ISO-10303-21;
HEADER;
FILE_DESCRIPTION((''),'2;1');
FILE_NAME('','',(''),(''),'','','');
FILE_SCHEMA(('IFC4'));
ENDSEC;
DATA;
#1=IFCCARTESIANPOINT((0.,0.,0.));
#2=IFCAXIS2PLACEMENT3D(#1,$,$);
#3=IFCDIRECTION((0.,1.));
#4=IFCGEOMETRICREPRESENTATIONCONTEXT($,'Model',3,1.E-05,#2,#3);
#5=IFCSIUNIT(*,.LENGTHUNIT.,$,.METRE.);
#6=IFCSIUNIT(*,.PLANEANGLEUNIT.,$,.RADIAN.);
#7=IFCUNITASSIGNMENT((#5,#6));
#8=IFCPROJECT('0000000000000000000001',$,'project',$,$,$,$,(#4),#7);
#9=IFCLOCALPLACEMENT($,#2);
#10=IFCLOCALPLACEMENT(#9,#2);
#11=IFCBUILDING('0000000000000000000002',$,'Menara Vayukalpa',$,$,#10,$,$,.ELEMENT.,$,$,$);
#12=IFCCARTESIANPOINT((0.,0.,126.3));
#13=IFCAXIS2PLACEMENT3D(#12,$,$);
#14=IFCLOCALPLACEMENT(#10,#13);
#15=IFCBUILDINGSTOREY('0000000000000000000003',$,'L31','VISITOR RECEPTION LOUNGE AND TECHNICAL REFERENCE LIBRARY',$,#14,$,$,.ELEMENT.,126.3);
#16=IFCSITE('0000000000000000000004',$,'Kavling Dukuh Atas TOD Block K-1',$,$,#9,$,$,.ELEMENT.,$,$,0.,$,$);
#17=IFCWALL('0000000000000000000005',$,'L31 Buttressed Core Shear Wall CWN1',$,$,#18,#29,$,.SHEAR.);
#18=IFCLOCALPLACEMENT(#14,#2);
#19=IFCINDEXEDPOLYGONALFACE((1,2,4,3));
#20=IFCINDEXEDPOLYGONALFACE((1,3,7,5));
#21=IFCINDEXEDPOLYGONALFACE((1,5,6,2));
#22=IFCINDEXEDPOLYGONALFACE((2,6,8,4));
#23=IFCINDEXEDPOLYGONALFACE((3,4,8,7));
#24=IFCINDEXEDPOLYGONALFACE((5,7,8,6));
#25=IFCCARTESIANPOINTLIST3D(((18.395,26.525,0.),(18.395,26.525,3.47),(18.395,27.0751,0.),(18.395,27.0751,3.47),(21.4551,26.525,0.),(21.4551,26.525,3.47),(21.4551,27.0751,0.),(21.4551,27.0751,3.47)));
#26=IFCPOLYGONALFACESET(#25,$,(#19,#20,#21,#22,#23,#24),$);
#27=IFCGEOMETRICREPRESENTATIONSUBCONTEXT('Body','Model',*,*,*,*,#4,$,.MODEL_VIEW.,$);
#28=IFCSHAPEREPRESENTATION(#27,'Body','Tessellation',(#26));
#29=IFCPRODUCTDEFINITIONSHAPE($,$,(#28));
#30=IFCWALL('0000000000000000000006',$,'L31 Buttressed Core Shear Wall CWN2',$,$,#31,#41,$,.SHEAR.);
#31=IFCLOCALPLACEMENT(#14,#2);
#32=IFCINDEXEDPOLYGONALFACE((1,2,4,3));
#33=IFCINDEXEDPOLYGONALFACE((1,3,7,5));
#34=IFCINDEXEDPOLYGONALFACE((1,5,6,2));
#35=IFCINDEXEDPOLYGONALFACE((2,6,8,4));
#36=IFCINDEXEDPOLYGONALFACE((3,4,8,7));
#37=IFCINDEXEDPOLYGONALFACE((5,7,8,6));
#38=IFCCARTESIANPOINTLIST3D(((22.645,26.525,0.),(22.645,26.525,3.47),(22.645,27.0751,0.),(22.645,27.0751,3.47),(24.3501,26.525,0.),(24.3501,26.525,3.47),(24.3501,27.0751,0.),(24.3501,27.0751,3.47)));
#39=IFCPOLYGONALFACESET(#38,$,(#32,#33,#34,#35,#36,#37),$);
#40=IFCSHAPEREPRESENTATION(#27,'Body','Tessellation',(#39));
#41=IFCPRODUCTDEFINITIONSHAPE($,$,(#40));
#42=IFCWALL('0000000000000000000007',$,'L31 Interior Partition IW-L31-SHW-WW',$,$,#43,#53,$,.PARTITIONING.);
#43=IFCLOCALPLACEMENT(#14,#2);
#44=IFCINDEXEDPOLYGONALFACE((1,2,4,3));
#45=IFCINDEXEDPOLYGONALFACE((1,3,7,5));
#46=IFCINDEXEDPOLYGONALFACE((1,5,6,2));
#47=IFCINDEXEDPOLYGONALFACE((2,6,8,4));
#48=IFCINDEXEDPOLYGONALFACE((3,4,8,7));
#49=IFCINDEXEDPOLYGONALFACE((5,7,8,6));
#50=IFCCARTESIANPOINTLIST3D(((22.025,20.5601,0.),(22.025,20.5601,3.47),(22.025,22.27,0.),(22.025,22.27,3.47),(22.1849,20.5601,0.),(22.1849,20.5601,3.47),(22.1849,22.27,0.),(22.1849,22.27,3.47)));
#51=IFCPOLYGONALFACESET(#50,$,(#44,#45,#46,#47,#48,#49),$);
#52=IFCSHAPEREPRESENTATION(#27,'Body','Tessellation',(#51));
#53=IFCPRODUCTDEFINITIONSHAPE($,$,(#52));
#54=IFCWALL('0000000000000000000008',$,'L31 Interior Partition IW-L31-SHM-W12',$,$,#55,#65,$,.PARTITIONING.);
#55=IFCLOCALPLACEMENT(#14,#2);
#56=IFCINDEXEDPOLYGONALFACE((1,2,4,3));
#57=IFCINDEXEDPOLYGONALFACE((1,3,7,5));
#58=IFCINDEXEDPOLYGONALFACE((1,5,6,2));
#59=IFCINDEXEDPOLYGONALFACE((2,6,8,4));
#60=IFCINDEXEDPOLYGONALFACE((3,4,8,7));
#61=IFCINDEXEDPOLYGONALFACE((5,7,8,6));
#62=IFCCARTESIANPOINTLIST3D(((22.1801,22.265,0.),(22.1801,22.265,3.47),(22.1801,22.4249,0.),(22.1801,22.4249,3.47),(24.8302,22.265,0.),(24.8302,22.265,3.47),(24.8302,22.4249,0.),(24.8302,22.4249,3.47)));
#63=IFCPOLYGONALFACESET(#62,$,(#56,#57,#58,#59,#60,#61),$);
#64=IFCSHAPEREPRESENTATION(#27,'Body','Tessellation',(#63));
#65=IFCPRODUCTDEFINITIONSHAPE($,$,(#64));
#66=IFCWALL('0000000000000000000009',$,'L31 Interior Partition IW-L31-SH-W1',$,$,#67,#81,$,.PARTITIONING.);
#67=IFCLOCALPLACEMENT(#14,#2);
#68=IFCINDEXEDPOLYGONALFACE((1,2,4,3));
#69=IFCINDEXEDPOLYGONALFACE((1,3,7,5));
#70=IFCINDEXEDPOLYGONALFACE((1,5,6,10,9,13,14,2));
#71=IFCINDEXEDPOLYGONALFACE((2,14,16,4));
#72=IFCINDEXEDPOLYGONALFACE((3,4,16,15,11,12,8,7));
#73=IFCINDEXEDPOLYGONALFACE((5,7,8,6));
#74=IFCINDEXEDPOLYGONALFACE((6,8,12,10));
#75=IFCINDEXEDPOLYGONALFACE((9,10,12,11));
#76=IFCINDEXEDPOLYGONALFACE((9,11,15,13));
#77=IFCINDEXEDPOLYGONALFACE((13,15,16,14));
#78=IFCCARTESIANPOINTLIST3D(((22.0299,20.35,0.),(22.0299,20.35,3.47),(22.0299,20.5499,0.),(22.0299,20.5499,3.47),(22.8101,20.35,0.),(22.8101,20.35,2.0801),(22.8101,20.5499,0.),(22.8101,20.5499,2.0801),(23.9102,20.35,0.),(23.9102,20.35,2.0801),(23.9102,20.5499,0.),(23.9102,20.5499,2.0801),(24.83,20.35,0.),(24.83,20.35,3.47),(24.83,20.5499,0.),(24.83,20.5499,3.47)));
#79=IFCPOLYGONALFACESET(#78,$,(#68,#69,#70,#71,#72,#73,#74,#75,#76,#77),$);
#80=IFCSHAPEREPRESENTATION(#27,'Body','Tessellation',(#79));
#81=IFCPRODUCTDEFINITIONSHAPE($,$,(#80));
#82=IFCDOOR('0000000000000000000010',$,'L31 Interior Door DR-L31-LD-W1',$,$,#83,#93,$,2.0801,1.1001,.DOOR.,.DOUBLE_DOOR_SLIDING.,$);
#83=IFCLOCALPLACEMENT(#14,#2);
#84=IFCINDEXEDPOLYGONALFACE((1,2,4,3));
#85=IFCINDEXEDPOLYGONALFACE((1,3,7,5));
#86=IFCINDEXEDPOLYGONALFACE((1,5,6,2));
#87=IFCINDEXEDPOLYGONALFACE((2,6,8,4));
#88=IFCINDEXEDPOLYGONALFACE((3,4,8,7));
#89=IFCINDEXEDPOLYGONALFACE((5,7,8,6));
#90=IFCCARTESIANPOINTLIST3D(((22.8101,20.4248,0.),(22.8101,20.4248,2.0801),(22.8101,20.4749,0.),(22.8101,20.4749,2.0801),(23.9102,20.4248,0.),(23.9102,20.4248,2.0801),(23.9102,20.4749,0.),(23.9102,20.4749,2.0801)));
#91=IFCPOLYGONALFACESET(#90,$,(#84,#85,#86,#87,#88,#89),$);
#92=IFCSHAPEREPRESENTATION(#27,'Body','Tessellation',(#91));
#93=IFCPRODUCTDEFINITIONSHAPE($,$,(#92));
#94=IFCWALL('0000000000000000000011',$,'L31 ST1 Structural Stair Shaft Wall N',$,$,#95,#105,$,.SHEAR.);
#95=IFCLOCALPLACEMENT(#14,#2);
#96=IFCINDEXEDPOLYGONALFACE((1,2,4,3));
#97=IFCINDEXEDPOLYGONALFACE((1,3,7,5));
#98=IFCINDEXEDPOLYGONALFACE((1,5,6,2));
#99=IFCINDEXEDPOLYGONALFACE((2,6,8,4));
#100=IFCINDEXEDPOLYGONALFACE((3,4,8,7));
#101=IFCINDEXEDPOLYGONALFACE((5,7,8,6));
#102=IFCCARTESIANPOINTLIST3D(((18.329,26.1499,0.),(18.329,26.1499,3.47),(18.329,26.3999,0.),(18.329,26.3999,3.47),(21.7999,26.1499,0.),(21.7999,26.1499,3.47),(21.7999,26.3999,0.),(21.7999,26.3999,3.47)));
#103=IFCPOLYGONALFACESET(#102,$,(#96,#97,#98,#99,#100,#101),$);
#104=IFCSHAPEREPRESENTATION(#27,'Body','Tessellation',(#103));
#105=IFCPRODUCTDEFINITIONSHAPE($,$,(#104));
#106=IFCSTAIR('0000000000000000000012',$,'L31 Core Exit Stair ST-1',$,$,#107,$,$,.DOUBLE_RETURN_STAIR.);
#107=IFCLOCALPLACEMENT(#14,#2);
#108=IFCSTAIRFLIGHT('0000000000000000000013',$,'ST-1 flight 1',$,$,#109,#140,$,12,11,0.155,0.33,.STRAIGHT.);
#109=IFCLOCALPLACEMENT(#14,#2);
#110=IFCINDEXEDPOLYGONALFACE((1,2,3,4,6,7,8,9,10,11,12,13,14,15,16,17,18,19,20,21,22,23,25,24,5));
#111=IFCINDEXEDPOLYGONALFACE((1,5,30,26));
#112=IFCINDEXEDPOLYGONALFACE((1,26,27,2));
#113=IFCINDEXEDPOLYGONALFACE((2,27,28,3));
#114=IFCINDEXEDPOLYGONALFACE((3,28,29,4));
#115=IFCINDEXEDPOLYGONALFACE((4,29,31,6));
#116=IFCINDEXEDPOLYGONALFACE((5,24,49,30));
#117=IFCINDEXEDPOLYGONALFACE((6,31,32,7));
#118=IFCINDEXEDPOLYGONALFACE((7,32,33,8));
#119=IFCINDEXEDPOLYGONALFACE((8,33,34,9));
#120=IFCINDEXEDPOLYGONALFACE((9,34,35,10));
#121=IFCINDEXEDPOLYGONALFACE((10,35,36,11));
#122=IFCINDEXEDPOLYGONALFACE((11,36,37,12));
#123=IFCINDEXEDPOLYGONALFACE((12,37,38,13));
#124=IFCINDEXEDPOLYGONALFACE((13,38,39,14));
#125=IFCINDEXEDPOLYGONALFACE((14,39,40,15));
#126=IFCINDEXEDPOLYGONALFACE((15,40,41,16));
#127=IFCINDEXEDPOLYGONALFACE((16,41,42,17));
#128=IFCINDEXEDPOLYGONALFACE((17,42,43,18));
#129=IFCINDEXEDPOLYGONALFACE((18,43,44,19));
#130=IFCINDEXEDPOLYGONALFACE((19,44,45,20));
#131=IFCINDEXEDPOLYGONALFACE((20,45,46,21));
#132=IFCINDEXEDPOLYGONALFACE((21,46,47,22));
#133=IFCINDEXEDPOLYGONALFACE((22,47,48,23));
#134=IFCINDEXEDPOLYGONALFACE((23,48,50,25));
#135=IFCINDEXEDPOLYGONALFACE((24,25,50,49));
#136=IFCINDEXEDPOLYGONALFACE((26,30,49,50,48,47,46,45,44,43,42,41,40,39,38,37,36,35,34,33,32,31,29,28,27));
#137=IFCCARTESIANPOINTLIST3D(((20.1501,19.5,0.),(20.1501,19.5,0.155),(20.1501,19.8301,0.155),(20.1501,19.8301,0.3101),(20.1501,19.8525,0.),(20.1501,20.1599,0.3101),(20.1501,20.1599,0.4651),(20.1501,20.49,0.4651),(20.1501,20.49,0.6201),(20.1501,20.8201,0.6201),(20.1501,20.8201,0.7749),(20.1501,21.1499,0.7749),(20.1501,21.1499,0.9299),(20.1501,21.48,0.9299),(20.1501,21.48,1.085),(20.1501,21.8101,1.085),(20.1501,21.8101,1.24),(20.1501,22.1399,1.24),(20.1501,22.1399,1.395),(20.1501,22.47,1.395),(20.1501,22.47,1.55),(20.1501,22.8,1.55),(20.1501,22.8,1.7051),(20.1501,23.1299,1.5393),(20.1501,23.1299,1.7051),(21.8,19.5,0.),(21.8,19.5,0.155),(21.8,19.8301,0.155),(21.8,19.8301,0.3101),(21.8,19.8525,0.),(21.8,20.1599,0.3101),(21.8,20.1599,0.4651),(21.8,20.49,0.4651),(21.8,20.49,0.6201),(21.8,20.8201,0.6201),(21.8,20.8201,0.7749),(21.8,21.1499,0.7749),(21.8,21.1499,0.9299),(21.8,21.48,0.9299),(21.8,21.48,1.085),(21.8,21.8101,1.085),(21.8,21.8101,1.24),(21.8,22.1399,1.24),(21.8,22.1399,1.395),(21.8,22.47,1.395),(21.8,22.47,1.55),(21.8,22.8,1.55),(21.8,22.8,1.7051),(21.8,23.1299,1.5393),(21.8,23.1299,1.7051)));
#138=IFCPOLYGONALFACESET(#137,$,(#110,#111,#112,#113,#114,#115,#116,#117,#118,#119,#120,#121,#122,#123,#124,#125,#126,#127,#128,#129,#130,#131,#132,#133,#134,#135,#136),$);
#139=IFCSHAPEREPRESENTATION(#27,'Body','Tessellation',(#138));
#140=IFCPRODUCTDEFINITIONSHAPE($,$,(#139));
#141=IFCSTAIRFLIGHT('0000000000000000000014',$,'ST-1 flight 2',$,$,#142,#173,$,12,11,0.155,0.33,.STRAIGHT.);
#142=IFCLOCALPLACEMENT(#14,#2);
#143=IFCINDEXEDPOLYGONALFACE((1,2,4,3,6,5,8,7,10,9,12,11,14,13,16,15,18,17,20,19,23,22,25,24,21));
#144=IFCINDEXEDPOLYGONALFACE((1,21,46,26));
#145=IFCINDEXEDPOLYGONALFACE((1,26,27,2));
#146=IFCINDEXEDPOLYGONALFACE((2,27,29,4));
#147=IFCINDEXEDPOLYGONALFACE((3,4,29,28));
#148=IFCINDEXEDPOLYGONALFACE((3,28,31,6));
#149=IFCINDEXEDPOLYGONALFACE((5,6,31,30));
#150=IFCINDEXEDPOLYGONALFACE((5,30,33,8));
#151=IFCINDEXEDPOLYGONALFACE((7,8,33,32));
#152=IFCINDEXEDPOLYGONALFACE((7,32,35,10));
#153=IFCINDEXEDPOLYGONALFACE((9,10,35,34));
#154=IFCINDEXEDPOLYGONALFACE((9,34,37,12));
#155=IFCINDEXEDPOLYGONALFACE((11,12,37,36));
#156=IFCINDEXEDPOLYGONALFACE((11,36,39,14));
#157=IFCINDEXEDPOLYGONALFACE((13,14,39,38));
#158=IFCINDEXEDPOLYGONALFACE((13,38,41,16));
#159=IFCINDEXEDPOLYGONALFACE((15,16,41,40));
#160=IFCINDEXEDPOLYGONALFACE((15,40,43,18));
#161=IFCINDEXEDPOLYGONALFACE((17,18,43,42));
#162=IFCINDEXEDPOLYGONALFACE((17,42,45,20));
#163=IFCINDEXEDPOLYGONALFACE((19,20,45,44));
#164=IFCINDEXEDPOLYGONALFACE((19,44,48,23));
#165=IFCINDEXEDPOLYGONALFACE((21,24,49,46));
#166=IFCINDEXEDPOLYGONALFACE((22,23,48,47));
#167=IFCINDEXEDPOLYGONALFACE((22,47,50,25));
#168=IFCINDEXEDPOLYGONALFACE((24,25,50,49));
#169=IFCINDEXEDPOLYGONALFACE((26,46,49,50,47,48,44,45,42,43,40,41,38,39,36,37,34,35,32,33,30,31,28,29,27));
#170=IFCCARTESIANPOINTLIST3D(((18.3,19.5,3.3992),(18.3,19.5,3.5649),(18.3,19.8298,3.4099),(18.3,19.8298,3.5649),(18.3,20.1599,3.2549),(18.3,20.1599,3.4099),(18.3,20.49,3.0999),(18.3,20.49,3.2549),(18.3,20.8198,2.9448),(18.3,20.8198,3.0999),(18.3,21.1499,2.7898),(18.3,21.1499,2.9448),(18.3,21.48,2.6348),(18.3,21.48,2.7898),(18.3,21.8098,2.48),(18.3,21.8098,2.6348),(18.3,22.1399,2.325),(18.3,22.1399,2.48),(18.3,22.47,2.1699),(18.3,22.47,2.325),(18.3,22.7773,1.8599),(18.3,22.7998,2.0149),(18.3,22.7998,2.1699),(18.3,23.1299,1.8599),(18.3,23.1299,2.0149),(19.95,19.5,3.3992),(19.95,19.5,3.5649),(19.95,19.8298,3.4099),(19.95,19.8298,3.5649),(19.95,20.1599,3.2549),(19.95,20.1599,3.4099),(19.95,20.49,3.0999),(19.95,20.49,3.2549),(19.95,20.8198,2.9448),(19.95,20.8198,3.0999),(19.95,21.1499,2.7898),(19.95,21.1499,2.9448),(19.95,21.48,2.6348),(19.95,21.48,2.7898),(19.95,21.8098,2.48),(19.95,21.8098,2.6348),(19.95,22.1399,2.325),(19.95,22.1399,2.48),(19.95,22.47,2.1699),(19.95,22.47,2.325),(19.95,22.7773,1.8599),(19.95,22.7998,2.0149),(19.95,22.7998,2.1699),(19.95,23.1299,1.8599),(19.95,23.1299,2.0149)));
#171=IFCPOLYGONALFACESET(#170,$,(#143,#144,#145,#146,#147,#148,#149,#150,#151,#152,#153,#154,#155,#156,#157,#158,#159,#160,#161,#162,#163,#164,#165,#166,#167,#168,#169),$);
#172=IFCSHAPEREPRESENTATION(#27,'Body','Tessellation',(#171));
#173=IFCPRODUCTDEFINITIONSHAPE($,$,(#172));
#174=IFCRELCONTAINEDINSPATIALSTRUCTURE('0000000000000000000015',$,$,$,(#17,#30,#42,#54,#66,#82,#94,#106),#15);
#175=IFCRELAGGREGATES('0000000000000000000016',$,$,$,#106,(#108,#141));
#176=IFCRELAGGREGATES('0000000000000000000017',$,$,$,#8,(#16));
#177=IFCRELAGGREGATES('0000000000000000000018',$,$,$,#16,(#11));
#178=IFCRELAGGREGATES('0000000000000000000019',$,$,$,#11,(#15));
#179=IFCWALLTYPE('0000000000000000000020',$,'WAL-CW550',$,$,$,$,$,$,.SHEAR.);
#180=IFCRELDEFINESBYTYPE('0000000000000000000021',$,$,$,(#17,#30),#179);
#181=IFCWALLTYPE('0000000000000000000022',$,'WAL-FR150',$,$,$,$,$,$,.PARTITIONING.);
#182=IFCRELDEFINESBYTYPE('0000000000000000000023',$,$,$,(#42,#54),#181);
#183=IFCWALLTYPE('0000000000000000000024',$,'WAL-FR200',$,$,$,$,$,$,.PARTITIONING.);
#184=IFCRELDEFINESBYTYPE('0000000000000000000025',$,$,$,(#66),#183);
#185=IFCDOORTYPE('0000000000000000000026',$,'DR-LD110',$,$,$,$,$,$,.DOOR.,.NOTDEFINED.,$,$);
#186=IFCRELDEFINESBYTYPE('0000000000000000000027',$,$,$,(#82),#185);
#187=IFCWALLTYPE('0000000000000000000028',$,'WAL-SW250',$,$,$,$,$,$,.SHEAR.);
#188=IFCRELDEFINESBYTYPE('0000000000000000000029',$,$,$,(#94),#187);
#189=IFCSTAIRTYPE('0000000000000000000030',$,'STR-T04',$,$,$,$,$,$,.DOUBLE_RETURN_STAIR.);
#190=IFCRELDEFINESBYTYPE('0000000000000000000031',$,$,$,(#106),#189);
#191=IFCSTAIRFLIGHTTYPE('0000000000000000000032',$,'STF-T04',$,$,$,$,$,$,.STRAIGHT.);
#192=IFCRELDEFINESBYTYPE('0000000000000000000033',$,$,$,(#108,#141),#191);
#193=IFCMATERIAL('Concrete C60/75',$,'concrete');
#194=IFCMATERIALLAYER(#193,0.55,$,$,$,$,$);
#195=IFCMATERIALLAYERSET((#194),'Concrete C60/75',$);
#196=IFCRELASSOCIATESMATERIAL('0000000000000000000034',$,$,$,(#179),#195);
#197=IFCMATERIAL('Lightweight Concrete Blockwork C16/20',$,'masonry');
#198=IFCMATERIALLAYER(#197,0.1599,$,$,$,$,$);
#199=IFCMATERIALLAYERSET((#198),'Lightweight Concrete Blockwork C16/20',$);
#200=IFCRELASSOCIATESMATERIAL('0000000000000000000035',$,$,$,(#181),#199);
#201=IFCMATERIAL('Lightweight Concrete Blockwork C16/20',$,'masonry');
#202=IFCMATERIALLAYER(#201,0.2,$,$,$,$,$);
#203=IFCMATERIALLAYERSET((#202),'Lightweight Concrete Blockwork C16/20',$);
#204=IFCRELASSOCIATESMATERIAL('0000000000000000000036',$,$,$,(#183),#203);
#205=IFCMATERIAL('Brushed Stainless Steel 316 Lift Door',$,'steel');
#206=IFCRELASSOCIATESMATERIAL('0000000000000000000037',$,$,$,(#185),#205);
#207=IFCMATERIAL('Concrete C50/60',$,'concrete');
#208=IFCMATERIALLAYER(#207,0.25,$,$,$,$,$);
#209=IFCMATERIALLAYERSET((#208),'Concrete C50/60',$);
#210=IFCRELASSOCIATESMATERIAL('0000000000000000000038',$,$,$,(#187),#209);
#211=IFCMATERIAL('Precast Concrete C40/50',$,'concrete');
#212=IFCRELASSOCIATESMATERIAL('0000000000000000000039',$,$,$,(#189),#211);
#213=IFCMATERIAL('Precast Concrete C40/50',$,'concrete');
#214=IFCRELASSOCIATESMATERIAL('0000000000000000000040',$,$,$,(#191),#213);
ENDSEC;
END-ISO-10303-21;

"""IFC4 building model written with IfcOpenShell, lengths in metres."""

from ifc_helpers import new_model, si_unit, direction, frame, frame_2d, origin, place, context, subcontext, project, spatial, polyline, rectangle, outline, extrude, material, layer, layer_set, type_object, element, fill, aggregate, save


model = new_model("IFC4")

# Units and contexts
model_context = context("Model", 3, precision=1e-05, world=origin(), true_north=direction((0.0, 1.0)))
body_context = subcontext(model_context, "Body", "Model", "MODEL_VIEW")
ifc_project = project(units=[si_unit("LENGTHUNIT", "METRE"), si_unit("PLANEANGLEUNIT", "RADIAN")], contexts=[model_context])

# Site, building, storey
site_placement = place(None, origin())
site = spatial("IfcSite", under=ifc_project, at=site_placement, Name="Kavling Dukuh Atas TOD Block K-1", CompositionType="ELEMENT", RefElevation=0.0)
building_placement = place(site_placement, origin())
building = spatial("IfcBuilding", under=site, at=building_placement, Name="Menara Vayukalpa", CompositionType="ELEMENT")
storey_placement = place(building_placement, frame((0.0, 0.0, 126.3)))
storey = spatial("IfcBuildingStorey", under=building, at=storey_placement, Name="L31", Description="VISITOR RECEPTION LOUNGE AND TECHNICAL REFERENCE LIBRARY", CompositionType="ELEMENT", Elevation=126.3)

# Walls
ifc_material_1 = material(Name="Concrete C60/75", Category="concrete")
ifc_layer_1 = layer(ifc_material_1, 0.55)
ifc_layer_set_1 = layer_set([ifc_layer_1], Name="Concrete C60/75")
wall_type_1 = type_object("IfcWallType", Name="WAL-CW550", PredefinedType="SHEAR", material=ifc_layer_set_1)
wall_1_placement = place(storey_placement, frame((18.395, 26.8, 0.0), z_axis=(0.0, 0.0, 1.0), x_axis=(1.0, 0.0, 0.0)))
element("IfcWall", 1, at=wall_1_placement, inside=storey, type_object=wall_type_1, Name="L31 Buttressed Core Shear Wall CWN1", PredefinedType="SHEAR", context=body_context, shape_type="SweptSolid", body=[
    extrude(rectangle(XDim=3.0601, YDim=0.55, at=frame_2d((1.53, 0.0))), origin(), (0.0, 0.0, 1.0), 3.47),
])
wall_2_placement = place(storey_placement, frame((22.645, 26.8, 0.0), z_axis=(0.0, 0.0, 1.0), x_axis=(1.0, 0.0, 0.0)))
element("IfcWall", 2, at=wall_2_placement, inside=storey, type_object=wall_type_1, Name="L31 Buttressed Core Shear Wall CWN2", PredefinedType="SHEAR", context=body_context, shape_type="SweptSolid", body=[
    extrude(rectangle(XDim=1.7051, YDim=0.55, at=frame_2d((0.8525, 0.0))), origin(), (0.0, 0.0, 1.0), 3.47),
])
ifc_material_2 = material(Name="Lightweight Concrete Blockwork C16/20", Category="masonry")
ifc_layer_2 = layer(ifc_material_2, 0.1599)
ifc_layer_set_2 = layer_set([ifc_layer_2], Name="Lightweight Concrete Blockwork C16/20")
wall_type_2 = type_object("IfcWallType", Name="WAL-FR150", PredefinedType="PARTITIONING", material=ifc_layer_set_2)
wall_3_placement = place(storey_placement, frame((22.105, 20.5601, 0.0), z_axis=(0.0, 0.0, 1.0), x_axis=(0.0, 1.0, 0.0)))
element("IfcWall", 3, at=wall_3_placement, inside=storey, type_object=wall_type_2, Name="L31 Interior Partition IW-L31-SHW-WW", PredefinedType="PARTITIONING", context=body_context, shape_type="SweptSolid", body=[
    extrude(rectangle(XDim=1.71, YDim=0.1599, at=frame_2d((0.855, 0.0))), origin(), (0.0, 0.0, 1.0), 3.47),
])
wall_4_placement = place(storey_placement, frame((22.1799, 22.345, 0.0), z_axis=(0.0, 0.0, 1.0), x_axis=(1.0, 0.0, 0.0)))
element("IfcWall", 4, at=wall_4_placement, inside=storey, type_object=wall_type_2, Name="L31 Interior Partition IW-L31-SHM-W12", PredefinedType="PARTITIONING", context=body_context, shape_type="SweptSolid", body=[
    extrude(rectangle(XDim=2.6501, YDim=0.1599, at=frame_2d((1.3252, 0.0))), origin(), (0.0, 0.0, 1.0), 3.47),
])

# Wall, opening, door
ifc_material_3 = material(Name="Lightweight Concrete Blockwork C16/20", Category="masonry")
ifc_layer_3 = layer(ifc_material_3, 0.2)
ifc_layer_set_3 = layer_set([ifc_layer_3], Name="Lightweight Concrete Blockwork C16/20")
wall_type_3 = type_object("IfcWallType", Name="WAL-FR200", PredefinedType="PARTITIONING", material=ifc_layer_set_3)
wall_5_placement = place(storey_placement, frame((22.03, 20.45, 0.0), z_axis=(0.0, 0.0, 1.0), x_axis=(1.0, 0.0, 0.0)))
wall_5 = element("IfcWall", 5, at=wall_5_placement, inside=storey, type_object=wall_type_3, Name="L31 Interior Partition IW-L31-SH-W1", PredefinedType="PARTITIONING", context=body_context, shape_type="SweptSolid", body=[
    extrude(rectangle(XDim=2.8, YDim=0.2, at=frame_2d((1.3999, 0.0))), origin(), (0.0, 0.0, 1.0), 3.47),
])
opening_placement = place(wall_5_placement, frame((0.78, 0.0, 0.0)))
opening = element("IfcOpeningElement", 6, at=opening_placement, cuts=wall_5, PredefinedType="OPENING", context=body_context, shape_type="SweptSolid", body=[
    extrude(rectangle(XDim=1.1001, YDim=2.0801, at=frame_2d((0.55, 1.04))), frame((0.0, 0.1099, 0.0), z_axis=(0.0, -1.0, 0.0), x_axis=(1.0, 0.0, 0.0)), (0.0, 0.0, 1.0), 0.22),
])
ifc_material_4 = material(Name="Brushed Stainless Steel 316 Lift Door", Category="steel")
door_type = type_object("IfcDoorType", Name="DR-LD110", OperationType="NOTDEFINED", PredefinedType="DOOR", material=ifc_material_4)
door_placement = place(opening_placement, origin())
door = element("IfcDoor", 7, at=door_placement, inside=storey, type_object=door_type, Name="L31 Interior Door DR-L31-LD-W1", OperationType="DOUBLE_DOOR_SLIDING", OverallHeight=2.0801, OverallWidth=1.1001, PredefinedType="DOOR", context=body_context, shape_type="SweptSolid", body=[
    extrude(rectangle(XDim=1.1001, YDim=2.0801, at=frame_2d((0.55, 1.04))), frame((0.0, 0.0249, 0.0), z_axis=(0.0, -1.0, 0.0), x_axis=(1.0, 0.0, 0.0)), (0.0, 0.0, 1.0), 0.05),
])
fill(opening, door)

# Wall
ifc_material_5 = material(Name="Concrete C50/60", Category="concrete")
ifc_layer_4 = layer(ifc_material_5, 0.25)
ifc_layer_set_4 = layer_set([ifc_layer_4], Name="Concrete C50/60")
wall_type_4 = type_object("IfcWallType", Name="WAL-SW250", PredefinedType="SHEAR", material=ifc_layer_set_4)
wall_6_placement = place(storey_placement, frame((18.3291, 26.2749, 0.0), z_axis=(0.0, 0.0, 1.0), x_axis=(1.0, 0.0, 0.0)))
element("IfcWall", 8, at=wall_6_placement, inside=storey, type_object=wall_type_4, Name="L31 ST1 Structural Stair Shaft Wall N", PredefinedType="SHEAR", context=body_context, shape_type="SweptSolid", body=[
    extrude(rectangle(XDim=3.4709, YDim=0.25, at=frame_2d((1.7354, 0.0))), origin(), (0.0, 0.0, 1.0), 3.47),
])

# Stair, stair flights
ifc_material_6 = material(Name="Precast Concrete C40/50", Category="concrete")
stair_type = type_object("IfcStairType", Name="STR-T04", PredefinedType="DOUBLE_RETURN_STAIR", material=ifc_material_6)
stair_placement = place(storey_placement, origin())
stair = element("IfcStair", 9, at=stair_placement, inside=storey, type_object=stair_type, Name="L31 Core Exit Stair ST-1", PredefinedType="DOUBLE_RETURN_STAIR")
ifc_material_7 = material(Name="Precast Concrete C40/50", Category="concrete")
stair_flight_type = type_object("IfcStairFlightType", Name="STF-T04", PredefinedType="STRAIGHT", material=ifc_material_7)
stair_flight_1_placement = place(storey_placement, frame((20.9751, 19.5, 0.0), z_axis=(0.0, 0.0, 1.0), x_axis=(0.0, 1.0, 0.0)))
stair_flight_1 = element("IfcStairFlight", 10, at=stair_flight_1_placement, type_object=stair_flight_type, Name="ST-1 flight 1", NumberOfRisers=12, NumberOfTreads=11, PredefinedType="STRAIGHT", RiserHeight=0.155, TreadLength=0.33, context=body_context, shape_type="SweptSolid", body=[
    extrude(outline(polyline([(0.0, 0.0), (0.0, 0.155), (0.3301, 0.155), (0.3301, 0.3101), (0.6599, 0.3101), (0.6599, 0.4651), (0.99, 0.4651), (0.99, 0.6201), (1.3201, 0.6201), (1.3201, 0.7749), (1.6499, 0.7749), (1.6499, 0.9299), (1.98, 0.9299), (1.98, 1.085), (2.3101, 1.085), (2.3101, 1.24), (2.6399, 1.24), (2.6399, 1.395), (2.97, 1.395), (2.97, 1.55), (3.3, 1.55), (3.3, 1.7051), (3.6299, 1.7051), (3.6299, 1.8601), (3.6299, 1.5393), (0.3525, 0.0), (0.0, 0.0)])), frame((0.0, 0.825, 0.0), z_axis=(0.0, -1.0, 0.0), x_axis=(1.0, 0.0, 0.0)), (0.0, 0.0, 1.0), 1.6499),
])
stair_flight_2_placement = place(storey_placement, frame((19.125, 23.1299, 1.8599), z_axis=(0.0, 0.0, 1.0), x_axis=(0.0, -1.0, 0.0)))
stair_flight_2 = element("IfcStairFlight", 11, at=stair_flight_2_placement, type_object=stair_flight_type, Name="ST-1 flight 2", NumberOfRisers=12, NumberOfTreads=11, PredefinedType="STRAIGHT", RiserHeight=0.155, TreadLength=0.33, context=body_context, shape_type="SweptSolid", body=[
    extrude(outline(polyline([(0.0, 0.0), (0.0, 0.155), (0.3301, 0.155), (0.3301, 0.3101), (0.6599, 0.3101), (0.6599, 0.4651), (0.99, 0.4651), (0.99, 0.6201), (1.3201, 0.6201), (1.3201, 0.7749), (1.6499, 0.7749), (1.6499, 0.9299), (1.98, 0.9299), (1.98, 1.085), (2.3101, 1.085), (2.3101, 1.24), (2.6399, 1.24), (2.6399, 1.395), (2.97, 1.395), (2.97, 1.55), (3.3, 1.55), (3.3, 1.7051), (3.6299, 1.7051), (3.6299, 1.8601), (3.6299, 1.5393), (0.3525, 0.0), (0.0, 0.0)])), frame((0.0, 0.825, 0.0), z_axis=(0.0, -1.0, 0.0), x_axis=(1.0, 0.0, 0.0)), (0.0, 0.0, 1.0), 1.6499),
])
aggregate(stair, [stair_flight_1, stair_flight_2])

save(model, "model.ifc")
